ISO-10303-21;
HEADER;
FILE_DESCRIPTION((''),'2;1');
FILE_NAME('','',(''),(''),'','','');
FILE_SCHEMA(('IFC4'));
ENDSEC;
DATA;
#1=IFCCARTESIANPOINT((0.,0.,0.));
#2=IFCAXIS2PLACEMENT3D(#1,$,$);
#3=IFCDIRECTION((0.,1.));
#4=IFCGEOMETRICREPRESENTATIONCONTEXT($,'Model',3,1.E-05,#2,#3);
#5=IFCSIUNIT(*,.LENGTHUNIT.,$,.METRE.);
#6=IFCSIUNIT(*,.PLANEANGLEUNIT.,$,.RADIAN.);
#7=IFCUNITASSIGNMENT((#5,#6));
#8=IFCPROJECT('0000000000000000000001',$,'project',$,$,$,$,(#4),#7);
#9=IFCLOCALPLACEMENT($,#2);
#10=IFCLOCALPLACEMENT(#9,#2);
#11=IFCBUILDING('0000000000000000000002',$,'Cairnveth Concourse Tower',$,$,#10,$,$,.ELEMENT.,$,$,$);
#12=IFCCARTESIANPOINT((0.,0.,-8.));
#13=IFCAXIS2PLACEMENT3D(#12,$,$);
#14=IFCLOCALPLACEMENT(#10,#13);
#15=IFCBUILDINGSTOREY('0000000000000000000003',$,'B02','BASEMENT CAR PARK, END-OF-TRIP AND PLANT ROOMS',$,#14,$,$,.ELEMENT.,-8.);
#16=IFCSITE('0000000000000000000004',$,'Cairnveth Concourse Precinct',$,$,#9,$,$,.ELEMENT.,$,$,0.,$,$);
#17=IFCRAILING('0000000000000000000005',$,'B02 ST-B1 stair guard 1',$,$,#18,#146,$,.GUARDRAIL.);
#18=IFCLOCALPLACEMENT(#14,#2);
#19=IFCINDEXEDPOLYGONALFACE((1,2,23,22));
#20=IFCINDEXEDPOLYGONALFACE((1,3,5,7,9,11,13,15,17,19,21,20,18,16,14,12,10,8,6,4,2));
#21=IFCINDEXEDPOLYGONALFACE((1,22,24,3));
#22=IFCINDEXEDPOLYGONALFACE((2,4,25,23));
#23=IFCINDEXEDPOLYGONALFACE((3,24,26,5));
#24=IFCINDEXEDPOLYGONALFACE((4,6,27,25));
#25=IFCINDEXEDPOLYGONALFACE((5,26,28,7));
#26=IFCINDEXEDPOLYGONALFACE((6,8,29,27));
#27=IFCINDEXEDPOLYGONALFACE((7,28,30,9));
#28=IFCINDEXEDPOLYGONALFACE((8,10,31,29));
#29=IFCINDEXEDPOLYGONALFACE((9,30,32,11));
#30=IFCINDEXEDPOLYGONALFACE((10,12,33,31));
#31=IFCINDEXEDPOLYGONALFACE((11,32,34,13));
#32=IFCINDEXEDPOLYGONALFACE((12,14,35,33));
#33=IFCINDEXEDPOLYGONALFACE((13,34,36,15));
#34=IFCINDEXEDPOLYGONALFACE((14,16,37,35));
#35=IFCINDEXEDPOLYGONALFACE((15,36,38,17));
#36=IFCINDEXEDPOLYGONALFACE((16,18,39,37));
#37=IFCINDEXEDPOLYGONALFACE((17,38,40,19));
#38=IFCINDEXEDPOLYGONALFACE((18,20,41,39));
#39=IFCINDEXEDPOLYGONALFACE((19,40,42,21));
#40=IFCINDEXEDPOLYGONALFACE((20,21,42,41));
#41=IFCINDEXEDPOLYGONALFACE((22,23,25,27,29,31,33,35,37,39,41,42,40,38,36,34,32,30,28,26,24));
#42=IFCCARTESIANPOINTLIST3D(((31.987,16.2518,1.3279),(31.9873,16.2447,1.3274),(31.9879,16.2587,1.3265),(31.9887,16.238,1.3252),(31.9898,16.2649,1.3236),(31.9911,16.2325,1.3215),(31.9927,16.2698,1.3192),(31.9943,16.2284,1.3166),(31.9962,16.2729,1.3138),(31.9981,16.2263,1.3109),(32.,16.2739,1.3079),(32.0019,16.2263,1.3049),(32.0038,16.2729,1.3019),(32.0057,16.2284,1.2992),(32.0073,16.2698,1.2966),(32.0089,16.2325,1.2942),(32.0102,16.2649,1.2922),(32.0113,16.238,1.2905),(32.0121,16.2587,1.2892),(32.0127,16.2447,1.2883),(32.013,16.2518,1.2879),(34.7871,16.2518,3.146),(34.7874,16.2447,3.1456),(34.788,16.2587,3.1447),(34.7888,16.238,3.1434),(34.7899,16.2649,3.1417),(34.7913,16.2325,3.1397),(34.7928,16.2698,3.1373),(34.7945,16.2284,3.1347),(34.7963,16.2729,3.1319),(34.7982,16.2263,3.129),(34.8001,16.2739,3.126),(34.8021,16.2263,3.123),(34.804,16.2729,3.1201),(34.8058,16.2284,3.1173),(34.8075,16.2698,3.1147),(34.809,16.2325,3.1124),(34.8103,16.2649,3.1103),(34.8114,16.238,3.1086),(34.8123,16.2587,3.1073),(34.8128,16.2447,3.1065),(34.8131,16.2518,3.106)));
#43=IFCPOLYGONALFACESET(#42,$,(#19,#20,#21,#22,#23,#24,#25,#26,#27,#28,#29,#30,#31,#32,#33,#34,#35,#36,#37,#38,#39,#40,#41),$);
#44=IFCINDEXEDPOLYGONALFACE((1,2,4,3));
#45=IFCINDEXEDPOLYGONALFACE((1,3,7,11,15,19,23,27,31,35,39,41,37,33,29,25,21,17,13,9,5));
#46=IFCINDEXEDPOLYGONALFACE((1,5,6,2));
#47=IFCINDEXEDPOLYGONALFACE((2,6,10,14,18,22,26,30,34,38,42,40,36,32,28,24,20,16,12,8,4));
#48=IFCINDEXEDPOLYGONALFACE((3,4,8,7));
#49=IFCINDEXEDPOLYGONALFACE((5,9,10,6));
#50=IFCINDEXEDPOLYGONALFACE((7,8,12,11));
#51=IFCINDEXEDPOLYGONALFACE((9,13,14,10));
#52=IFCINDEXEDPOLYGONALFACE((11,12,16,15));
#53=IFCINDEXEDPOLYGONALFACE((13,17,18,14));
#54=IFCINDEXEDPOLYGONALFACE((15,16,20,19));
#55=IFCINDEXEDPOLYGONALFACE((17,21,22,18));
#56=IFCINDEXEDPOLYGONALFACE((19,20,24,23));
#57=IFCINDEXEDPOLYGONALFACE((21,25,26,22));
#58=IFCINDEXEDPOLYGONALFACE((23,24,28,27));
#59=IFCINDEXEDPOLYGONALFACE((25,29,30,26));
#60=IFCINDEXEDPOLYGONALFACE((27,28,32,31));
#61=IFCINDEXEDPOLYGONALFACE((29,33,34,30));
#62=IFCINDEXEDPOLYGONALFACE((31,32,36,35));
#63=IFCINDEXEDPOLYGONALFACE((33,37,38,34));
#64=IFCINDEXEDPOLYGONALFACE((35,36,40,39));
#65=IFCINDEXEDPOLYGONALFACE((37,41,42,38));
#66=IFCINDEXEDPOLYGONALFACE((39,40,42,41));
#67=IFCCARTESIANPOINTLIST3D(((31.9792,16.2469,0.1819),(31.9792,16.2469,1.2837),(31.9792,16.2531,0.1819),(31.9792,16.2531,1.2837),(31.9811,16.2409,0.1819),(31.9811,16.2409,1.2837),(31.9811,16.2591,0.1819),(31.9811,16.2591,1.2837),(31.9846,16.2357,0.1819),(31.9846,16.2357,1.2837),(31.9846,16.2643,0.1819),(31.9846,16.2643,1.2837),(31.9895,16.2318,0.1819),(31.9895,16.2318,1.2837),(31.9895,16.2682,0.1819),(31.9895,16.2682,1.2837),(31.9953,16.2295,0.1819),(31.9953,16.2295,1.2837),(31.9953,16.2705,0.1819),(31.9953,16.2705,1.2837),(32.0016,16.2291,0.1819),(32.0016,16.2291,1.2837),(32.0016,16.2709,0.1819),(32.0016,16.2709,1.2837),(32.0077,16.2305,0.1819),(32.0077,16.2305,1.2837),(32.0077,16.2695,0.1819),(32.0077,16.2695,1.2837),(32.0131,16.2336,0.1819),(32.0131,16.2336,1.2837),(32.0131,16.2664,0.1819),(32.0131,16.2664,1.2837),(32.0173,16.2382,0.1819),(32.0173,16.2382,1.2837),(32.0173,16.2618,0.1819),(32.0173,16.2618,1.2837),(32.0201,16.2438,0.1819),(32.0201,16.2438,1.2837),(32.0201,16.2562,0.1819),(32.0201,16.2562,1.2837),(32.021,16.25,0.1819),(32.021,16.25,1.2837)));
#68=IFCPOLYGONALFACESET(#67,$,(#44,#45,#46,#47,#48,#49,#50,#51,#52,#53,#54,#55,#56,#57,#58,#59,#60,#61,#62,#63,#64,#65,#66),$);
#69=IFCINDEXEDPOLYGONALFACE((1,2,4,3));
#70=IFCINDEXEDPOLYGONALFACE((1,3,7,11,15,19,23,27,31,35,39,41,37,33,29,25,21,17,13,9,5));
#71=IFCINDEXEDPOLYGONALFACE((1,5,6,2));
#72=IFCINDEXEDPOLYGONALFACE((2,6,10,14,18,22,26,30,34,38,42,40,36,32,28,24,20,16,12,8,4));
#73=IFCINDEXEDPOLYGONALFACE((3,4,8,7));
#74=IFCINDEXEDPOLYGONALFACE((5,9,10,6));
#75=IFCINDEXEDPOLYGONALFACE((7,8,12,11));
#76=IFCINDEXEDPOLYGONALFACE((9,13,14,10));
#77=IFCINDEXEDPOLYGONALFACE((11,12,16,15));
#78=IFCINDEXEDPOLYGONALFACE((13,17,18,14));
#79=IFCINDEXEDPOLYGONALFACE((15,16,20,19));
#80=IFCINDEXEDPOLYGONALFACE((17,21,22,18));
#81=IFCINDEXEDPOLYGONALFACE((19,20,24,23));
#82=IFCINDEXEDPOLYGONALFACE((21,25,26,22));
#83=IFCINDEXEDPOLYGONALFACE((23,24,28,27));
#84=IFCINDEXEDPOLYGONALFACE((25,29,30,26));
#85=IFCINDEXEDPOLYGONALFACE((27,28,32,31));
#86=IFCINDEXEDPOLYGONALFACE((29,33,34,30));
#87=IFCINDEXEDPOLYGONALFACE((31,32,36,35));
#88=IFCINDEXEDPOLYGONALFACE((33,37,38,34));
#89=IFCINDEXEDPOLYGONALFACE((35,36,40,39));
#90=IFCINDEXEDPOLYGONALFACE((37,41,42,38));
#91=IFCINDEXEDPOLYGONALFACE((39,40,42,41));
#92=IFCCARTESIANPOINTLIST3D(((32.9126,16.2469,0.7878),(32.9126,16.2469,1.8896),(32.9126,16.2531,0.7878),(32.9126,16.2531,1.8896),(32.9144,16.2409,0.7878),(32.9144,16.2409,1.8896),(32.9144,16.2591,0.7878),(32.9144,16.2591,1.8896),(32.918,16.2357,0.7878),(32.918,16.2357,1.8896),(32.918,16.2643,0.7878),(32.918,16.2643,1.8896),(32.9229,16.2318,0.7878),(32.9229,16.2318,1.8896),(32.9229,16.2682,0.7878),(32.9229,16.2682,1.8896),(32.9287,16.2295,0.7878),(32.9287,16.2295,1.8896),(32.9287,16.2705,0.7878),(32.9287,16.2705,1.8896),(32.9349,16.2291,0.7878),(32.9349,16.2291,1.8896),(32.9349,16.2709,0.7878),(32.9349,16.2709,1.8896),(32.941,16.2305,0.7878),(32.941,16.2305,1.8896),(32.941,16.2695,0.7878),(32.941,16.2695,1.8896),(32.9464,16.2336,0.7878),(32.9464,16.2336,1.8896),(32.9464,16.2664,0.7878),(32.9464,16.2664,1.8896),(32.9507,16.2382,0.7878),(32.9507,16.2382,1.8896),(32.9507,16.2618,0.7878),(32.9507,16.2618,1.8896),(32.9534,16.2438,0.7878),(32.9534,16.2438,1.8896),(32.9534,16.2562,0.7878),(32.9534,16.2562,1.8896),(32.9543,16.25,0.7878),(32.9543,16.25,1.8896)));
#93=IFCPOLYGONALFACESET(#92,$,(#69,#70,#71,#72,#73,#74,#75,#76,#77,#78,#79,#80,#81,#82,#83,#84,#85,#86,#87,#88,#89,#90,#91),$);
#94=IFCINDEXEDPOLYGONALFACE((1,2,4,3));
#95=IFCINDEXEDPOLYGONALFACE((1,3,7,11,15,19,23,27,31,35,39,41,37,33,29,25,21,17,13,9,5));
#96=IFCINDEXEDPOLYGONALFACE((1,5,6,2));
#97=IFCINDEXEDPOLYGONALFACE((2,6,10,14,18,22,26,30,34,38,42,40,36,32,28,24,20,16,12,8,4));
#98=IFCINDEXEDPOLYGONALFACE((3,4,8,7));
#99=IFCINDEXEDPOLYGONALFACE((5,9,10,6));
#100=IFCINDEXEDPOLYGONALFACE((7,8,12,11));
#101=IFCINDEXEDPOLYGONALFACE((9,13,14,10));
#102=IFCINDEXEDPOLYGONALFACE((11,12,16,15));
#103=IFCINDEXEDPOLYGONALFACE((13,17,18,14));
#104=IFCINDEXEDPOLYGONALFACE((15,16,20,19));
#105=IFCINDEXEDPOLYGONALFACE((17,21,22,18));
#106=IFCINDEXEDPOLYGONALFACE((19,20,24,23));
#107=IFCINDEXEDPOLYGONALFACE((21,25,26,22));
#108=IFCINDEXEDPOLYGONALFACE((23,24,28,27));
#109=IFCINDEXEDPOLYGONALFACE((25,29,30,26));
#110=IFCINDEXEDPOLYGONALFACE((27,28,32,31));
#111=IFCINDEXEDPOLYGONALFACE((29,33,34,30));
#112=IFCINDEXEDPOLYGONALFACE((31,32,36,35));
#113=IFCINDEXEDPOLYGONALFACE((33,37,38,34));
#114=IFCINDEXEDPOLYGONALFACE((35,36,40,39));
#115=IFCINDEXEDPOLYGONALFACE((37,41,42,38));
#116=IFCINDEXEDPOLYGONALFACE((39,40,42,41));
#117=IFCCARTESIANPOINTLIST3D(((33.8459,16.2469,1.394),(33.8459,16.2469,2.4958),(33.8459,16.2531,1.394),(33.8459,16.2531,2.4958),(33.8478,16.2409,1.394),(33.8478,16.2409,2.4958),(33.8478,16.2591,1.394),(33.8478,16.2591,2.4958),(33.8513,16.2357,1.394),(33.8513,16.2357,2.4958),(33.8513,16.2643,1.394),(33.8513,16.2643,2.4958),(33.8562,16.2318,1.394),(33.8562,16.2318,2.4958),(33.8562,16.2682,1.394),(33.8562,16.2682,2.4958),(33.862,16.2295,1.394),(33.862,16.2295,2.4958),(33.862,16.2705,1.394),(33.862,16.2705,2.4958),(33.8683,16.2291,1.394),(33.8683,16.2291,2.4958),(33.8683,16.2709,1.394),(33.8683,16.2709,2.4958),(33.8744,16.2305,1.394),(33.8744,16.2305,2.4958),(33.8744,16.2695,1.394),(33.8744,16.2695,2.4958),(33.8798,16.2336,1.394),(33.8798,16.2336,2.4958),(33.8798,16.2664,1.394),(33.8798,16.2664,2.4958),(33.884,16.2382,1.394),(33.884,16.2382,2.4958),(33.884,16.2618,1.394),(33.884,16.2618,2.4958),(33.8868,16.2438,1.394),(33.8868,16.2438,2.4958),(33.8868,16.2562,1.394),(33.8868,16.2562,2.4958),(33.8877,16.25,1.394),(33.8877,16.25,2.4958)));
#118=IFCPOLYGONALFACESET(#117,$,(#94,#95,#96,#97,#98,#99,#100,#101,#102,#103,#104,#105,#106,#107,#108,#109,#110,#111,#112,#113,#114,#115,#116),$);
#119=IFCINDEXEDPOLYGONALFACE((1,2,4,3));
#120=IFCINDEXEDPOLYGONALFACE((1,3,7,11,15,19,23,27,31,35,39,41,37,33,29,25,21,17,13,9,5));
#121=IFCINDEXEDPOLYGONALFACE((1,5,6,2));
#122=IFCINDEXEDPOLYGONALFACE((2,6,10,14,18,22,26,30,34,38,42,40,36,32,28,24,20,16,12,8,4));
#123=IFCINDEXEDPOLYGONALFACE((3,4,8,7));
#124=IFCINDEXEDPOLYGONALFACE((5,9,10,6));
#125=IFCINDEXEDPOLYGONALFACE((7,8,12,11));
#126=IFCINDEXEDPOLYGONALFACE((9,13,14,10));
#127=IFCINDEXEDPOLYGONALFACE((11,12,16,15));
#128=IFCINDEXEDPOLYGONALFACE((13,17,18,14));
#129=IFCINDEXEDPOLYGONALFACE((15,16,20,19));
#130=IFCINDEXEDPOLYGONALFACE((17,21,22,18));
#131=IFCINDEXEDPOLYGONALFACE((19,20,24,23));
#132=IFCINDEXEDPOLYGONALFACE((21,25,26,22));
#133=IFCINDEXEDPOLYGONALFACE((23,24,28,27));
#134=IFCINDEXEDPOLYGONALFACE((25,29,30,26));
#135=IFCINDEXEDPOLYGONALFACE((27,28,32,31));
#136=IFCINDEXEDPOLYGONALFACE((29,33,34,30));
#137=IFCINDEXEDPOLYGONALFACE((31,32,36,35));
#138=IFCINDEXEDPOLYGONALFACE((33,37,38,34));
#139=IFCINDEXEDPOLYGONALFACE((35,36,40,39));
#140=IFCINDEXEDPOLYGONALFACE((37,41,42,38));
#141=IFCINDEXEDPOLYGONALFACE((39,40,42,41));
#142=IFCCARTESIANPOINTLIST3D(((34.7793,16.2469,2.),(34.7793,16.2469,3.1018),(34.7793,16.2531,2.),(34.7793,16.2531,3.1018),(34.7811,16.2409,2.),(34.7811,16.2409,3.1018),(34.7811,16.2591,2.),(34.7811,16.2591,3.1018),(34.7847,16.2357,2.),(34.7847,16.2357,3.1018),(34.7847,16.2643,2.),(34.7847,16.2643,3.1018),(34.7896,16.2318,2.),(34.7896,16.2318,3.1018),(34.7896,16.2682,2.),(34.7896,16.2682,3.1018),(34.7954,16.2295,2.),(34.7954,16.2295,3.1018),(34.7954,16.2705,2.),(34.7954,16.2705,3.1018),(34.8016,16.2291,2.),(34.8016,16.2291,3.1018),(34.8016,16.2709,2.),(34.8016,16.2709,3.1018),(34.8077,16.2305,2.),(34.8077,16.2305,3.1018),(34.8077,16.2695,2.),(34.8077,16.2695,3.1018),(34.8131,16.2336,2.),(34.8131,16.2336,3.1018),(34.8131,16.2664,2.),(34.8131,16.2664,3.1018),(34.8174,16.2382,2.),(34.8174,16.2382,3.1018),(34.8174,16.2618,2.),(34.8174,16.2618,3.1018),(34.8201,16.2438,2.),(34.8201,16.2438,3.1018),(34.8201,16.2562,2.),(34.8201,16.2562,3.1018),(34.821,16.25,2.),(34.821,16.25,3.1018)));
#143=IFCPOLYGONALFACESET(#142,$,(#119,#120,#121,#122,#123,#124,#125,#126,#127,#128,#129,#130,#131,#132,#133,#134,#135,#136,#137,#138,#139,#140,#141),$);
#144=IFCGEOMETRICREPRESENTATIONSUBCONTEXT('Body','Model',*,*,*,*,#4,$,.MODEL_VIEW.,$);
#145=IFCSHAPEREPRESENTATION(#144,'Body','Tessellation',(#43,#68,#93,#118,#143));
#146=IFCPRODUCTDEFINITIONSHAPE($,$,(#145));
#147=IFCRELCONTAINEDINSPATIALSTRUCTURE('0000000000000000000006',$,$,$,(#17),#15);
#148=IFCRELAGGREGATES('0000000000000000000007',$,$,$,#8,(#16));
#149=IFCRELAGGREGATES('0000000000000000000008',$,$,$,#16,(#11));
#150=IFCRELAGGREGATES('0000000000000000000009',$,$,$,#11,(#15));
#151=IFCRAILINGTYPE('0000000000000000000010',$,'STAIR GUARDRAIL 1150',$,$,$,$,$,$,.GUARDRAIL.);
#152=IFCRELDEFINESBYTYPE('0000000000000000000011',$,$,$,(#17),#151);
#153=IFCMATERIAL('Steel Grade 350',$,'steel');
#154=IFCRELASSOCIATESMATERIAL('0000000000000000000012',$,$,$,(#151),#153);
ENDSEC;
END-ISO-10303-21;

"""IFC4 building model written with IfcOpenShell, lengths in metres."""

from ifc_helpers import new_model, si_unit, direction, frame, origin, origin_2d, place, context, subcontext, project, spatial, circle, extrude, material, type_object, element, save


model = new_model("IFC4")

# Units and contexts
model_context = context("Model", 3, precision=1e-05, world=origin(), true_north=direction((0.0, 1.0)))
body_context = subcontext(model_context, "Body", "Model", "MODEL_VIEW")
ifc_project = project(units=[si_unit("LENGTHUNIT", "METRE"), si_unit("PLANEANGLEUNIT", "RADIAN")], contexts=[model_context])

# Site, building, storey
site_placement = place(None, origin())
site = spatial("IfcSite", under=ifc_project, at=site_placement, Name="Cairnveth Concourse Precinct", CompositionType="ELEMENT", RefElevation=0.0)
building_placement = place(site_placement, origin())
building = spatial("IfcBuilding", under=site, at=building_placement, Name="Cairnveth Concourse Tower", CompositionType="ELEMENT")
storey_placement = place(building_placement, frame((0.0, 0.0, -8.0)))
storey = spatial("IfcBuildingStorey", under=building, at=storey_placement, Name="B02", Description="BASEMENT CAR PARK, END-OF-TRIP AND PLANT ROOMS", CompositionType="ELEMENT", Elevation=-8.0)

# Shared definitions
ifc_material_1 = material(Name="Steel Grade 350", Category="steel")

# Railing
railing_type_1 = type_object("IfcRailingType", Name="STAIR GUARDRAIL 1150", PredefinedType="GUARDRAIL", material=ifc_material_1)
railing_1_placement = place(storey_placement, frame((32.0, 16.25, 0.1819)))
element("IfcRailing", 1, at=railing_1_placement, inside=storey, type_object=railing_type_1, Name="B02 ST-B1 stair guard 1", PredefinedType="GUARDRAIL", context=body_context, shape_type="SweptSolid", body=[
    extrude(circle(Radius=0.0239, at=origin_2d()), frame((0.0, 0.0, 1.126), z_axis=(0.838706, 0.0, 0.544585), x_axis=(0.0, 1.0, 0.0)), (0.0, 0.0, 1.0), 3.3386),
    extrude(circle(Radius=0.021, at=origin_2d()), origin(), (0.0, 0.0, 1.0), 1.1018),
    extrude(circle(Radius=0.021, at=origin_2d()), frame((0.9333, 0.0, 0.606)), (0.0, 0.0, 1.0), 1.1018),
    extrude(circle(Radius=0.021, at=origin_2d()), frame((1.8667, 0.0, 1.2122)), (0.0, 0.0, 1.0), 1.1018),
    extrude(circle(Radius=0.021, at=origin_2d()), frame((2.8, 0.0, 1.8181)), (0.0, 0.0, 1.0), 1.1018),
])

save(model, "model.ifc")
